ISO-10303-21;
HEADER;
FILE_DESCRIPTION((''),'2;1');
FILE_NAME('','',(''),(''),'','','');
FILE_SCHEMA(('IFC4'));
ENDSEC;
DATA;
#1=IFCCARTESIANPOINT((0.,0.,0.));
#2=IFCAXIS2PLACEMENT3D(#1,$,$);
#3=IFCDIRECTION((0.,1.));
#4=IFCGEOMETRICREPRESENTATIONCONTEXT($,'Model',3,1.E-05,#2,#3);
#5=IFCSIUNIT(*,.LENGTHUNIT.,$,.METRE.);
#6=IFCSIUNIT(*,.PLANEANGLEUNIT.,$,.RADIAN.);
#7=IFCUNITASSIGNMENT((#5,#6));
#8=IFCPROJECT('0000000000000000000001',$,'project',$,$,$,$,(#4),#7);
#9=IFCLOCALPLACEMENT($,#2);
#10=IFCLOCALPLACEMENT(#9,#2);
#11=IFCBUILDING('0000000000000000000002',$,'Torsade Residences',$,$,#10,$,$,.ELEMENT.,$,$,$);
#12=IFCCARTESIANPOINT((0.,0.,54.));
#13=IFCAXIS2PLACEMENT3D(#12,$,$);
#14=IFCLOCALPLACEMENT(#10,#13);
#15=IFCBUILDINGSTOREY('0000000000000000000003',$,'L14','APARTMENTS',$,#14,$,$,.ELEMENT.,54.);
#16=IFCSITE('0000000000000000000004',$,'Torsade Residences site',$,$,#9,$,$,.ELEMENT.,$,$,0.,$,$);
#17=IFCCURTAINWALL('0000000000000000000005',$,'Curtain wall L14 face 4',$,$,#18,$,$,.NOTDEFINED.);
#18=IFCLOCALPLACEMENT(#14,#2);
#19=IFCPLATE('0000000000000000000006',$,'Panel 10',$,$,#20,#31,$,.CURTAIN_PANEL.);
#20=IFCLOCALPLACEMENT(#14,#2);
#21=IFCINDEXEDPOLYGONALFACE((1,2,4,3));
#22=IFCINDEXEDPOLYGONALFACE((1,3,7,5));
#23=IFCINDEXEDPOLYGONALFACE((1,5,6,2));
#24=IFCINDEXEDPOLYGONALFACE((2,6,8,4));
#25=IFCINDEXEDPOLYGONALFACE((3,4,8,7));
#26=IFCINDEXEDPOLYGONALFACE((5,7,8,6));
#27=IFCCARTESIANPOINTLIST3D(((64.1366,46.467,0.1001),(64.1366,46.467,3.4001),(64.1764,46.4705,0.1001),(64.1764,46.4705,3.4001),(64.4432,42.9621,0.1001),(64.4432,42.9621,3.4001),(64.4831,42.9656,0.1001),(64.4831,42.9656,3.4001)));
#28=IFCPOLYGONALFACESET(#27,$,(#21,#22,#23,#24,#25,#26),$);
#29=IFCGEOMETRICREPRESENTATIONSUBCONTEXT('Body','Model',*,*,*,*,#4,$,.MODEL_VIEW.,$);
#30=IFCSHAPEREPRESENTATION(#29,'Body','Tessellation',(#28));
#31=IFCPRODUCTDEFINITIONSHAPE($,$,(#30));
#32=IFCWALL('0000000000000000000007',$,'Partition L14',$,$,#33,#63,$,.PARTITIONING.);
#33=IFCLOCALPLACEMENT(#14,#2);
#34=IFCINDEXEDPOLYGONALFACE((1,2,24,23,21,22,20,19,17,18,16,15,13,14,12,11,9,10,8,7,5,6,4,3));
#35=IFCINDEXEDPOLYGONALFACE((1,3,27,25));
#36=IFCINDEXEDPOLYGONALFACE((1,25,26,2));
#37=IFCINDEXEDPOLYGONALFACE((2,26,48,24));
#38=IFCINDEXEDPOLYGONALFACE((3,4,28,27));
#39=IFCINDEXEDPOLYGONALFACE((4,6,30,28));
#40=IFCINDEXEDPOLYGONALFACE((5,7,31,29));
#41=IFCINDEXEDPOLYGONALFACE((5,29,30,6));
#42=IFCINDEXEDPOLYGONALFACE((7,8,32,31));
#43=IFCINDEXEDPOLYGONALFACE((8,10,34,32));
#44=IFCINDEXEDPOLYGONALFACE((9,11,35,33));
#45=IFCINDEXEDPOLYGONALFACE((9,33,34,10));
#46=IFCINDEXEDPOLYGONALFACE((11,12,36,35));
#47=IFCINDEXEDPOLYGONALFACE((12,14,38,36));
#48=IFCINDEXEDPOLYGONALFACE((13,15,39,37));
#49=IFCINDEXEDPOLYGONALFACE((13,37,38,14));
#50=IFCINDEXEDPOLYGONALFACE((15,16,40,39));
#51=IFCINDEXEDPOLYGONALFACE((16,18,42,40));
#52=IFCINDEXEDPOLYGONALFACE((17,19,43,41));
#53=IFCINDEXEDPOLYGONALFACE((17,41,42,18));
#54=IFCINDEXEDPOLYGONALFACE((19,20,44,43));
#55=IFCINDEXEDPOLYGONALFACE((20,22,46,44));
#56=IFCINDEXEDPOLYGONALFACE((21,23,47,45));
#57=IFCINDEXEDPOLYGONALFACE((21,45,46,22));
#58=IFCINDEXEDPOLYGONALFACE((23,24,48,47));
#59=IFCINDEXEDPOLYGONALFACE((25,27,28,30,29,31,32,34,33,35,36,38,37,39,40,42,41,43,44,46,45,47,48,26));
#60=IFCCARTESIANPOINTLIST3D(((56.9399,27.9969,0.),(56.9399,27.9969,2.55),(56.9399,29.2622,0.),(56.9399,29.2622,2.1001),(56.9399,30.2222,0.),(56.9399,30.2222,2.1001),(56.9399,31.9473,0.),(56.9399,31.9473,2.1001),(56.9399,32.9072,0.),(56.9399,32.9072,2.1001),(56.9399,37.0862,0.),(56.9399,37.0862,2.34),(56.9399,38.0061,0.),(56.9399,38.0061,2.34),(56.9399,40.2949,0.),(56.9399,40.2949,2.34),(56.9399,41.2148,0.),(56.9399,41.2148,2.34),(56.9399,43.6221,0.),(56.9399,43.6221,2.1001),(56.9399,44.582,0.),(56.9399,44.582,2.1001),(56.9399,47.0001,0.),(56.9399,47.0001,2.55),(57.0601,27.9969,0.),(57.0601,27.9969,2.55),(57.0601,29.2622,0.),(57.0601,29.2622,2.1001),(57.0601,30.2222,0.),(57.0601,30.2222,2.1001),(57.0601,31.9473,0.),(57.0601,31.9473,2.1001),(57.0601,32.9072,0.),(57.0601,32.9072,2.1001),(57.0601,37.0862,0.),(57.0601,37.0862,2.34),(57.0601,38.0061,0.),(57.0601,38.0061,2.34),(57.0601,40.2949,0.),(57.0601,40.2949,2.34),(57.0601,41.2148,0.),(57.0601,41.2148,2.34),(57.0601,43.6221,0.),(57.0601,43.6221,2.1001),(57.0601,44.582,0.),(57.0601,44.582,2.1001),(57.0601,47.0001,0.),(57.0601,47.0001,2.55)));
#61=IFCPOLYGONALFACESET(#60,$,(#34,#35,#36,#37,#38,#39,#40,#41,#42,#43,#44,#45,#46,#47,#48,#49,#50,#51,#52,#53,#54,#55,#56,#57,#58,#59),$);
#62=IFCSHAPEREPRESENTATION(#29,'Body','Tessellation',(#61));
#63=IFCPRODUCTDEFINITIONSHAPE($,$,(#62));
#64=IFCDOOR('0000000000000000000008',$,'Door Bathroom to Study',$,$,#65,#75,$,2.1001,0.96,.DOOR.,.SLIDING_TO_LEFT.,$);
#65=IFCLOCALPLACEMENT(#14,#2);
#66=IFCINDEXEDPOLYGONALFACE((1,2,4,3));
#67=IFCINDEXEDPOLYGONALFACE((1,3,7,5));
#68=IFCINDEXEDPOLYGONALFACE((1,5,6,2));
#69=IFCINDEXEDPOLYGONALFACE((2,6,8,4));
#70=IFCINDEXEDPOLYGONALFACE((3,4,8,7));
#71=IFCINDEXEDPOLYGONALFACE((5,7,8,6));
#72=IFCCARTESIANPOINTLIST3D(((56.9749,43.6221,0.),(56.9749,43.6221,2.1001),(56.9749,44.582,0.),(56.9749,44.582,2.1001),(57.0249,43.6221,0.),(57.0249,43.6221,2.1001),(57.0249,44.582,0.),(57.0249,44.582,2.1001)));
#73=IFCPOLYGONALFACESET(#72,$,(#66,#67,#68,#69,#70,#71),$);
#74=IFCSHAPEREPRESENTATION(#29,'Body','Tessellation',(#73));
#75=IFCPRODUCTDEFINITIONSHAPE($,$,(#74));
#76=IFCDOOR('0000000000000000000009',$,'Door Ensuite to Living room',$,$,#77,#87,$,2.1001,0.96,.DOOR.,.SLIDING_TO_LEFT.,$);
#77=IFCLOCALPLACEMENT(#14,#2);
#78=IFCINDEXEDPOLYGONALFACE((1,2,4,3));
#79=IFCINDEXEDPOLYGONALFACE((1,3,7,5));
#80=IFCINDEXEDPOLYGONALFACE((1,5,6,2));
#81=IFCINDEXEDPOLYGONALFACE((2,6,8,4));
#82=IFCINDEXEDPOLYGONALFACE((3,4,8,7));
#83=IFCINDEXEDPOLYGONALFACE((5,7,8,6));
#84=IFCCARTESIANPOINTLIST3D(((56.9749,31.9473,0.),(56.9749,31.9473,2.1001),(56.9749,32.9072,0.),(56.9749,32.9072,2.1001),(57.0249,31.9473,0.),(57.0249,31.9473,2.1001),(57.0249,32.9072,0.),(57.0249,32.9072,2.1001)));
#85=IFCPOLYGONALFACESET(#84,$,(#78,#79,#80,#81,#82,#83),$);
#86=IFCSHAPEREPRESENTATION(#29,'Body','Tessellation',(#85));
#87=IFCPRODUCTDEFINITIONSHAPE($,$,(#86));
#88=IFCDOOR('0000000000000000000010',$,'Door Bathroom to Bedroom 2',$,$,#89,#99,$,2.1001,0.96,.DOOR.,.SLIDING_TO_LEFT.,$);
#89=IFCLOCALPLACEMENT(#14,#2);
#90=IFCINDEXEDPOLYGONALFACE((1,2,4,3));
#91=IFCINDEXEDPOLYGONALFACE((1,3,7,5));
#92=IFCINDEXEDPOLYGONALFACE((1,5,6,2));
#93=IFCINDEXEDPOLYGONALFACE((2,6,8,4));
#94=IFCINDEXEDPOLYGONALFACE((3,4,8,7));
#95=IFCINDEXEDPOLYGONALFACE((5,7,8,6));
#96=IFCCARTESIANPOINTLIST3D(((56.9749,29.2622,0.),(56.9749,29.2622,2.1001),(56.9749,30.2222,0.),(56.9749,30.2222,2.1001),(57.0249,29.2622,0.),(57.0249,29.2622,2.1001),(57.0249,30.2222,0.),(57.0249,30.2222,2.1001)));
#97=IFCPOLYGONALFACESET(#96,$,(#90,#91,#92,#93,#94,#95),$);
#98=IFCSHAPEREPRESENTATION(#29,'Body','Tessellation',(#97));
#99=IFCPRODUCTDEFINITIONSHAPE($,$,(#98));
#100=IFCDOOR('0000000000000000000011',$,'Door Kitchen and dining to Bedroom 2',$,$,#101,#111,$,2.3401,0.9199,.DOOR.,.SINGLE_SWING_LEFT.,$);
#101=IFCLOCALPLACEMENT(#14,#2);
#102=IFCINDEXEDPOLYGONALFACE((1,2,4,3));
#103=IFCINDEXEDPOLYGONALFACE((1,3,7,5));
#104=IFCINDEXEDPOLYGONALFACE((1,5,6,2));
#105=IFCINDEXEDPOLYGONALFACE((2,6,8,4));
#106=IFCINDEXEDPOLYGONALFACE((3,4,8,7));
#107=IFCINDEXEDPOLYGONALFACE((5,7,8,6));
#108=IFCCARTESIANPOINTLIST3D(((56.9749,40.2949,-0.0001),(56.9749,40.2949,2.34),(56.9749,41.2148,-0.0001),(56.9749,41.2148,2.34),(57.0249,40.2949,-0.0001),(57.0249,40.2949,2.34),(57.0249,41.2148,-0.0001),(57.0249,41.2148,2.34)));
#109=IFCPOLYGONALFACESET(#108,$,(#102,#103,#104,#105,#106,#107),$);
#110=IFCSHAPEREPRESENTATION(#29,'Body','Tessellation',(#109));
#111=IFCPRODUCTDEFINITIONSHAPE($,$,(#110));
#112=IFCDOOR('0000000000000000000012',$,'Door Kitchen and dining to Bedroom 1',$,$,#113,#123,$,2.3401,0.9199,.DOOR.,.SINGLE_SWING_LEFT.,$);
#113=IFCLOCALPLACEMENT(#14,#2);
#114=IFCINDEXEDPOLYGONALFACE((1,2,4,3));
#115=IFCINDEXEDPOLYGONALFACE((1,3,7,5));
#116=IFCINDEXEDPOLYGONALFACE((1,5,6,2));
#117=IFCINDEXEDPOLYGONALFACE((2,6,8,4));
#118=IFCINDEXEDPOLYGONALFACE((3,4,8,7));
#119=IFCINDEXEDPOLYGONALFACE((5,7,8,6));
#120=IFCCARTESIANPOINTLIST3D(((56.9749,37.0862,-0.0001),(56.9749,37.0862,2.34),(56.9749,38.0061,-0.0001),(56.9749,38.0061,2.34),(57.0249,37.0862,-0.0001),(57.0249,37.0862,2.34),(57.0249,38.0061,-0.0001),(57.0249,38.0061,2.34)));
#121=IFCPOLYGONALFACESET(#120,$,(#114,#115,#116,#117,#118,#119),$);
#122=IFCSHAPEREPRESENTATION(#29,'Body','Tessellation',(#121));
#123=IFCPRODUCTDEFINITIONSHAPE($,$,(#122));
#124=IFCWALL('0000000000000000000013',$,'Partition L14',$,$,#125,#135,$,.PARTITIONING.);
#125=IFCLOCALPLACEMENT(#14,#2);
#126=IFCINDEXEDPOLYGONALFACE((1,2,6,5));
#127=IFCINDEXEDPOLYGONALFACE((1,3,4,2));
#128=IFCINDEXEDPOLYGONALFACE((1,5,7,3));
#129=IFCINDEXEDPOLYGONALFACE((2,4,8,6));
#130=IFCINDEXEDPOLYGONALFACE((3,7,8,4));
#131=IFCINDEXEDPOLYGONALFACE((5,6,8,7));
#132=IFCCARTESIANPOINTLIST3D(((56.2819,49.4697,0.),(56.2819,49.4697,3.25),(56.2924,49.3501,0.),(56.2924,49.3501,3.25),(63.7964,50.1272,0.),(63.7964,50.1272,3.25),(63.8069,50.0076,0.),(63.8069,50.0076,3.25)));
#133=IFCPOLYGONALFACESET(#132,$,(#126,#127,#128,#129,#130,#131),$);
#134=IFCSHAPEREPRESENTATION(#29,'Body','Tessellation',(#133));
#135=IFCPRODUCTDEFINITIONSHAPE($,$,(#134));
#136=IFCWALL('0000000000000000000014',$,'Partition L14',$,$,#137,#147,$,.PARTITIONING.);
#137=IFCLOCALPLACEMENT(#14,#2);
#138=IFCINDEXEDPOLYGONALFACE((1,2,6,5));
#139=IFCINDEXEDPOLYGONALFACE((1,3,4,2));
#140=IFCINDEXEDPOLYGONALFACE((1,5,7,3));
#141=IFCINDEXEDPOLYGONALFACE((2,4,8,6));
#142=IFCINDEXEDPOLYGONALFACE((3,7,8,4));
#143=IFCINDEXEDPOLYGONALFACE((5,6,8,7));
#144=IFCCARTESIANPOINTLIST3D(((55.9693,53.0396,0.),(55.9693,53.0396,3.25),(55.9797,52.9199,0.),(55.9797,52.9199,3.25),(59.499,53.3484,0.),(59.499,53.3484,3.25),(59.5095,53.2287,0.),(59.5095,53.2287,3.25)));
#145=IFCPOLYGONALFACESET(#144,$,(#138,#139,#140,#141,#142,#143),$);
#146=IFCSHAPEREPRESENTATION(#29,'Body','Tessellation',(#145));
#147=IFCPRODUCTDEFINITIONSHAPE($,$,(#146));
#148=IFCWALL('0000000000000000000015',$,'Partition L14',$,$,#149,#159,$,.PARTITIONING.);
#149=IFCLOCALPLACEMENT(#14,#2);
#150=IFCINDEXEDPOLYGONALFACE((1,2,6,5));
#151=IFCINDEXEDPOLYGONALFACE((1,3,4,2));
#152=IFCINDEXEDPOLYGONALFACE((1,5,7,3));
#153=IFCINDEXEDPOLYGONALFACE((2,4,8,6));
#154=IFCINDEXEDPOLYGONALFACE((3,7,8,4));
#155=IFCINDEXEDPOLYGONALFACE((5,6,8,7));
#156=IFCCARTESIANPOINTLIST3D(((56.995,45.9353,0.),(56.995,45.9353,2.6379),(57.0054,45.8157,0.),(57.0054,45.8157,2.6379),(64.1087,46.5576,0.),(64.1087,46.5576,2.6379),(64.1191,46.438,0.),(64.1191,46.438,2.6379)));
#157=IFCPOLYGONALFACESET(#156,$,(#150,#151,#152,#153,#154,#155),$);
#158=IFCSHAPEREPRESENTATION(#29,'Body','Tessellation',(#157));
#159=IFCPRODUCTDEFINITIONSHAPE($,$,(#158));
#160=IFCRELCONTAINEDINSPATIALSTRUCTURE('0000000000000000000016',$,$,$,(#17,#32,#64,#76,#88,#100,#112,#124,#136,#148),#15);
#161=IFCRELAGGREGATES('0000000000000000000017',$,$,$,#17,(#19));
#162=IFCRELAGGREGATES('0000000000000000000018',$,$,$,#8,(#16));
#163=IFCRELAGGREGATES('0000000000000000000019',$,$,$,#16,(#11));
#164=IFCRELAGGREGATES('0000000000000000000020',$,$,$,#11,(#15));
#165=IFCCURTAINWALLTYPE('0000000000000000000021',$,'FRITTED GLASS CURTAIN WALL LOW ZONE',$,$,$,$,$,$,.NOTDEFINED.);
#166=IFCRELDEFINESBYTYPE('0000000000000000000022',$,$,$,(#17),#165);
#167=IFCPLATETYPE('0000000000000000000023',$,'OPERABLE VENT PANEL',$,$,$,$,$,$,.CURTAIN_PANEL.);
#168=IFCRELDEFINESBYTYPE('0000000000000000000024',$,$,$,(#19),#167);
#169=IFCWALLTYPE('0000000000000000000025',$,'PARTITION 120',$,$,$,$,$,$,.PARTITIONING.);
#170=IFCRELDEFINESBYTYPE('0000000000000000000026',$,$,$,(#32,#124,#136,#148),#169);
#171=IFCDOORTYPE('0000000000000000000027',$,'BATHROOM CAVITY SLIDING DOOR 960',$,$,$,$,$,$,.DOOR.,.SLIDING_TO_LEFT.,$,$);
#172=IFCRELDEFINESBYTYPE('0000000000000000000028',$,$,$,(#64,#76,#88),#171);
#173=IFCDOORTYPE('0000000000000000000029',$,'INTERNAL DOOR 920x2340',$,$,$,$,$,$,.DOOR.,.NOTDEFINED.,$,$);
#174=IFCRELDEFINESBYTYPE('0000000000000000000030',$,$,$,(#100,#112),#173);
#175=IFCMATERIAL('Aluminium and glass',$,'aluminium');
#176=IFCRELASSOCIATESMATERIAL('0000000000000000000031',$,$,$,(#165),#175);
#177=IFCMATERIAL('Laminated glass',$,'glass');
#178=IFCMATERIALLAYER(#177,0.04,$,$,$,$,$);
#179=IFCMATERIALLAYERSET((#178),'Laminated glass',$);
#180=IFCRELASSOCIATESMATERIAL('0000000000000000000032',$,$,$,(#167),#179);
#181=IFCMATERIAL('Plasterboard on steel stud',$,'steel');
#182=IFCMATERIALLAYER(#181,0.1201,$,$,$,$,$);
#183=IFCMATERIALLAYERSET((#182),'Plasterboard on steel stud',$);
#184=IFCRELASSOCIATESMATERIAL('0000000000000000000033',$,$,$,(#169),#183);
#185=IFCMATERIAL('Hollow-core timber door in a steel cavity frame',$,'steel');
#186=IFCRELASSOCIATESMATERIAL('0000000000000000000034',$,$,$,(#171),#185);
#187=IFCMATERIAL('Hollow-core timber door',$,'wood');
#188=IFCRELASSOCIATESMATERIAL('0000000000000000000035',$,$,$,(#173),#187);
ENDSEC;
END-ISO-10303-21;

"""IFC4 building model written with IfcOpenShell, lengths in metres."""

from ifc_helpers import new_model, si_unit, direction, frame, frame_2d, origin, origin_2d, place, context, subcontext, project, spatial, rectangle, extrude, material, layer, layer_set, type_object, element, fill, aggregate, save


model = new_model("IFC4")

# Units and contexts
model_context = context("Model", 3, precision=1e-05, world=origin(), true_north=direction((0.0, 1.0)))
body_context = subcontext(model_context, "Body", "Model", "MODEL_VIEW")
ifc_project = project(units=[si_unit("LENGTHUNIT", "METRE"), si_unit("PLANEANGLEUNIT", "RADIAN")], contexts=[model_context])

# Site, building, storey
site_placement = place(None, origin())
site = spatial("IfcSite", under=ifc_project, at=site_placement, Name="Torsade Residences site", CompositionType="ELEMENT", RefElevation=0.0)
building_placement = place(site_placement, origin())
building = spatial("IfcBuilding", under=site, at=building_placement, Name="Torsade Residences", CompositionType="ELEMENT")
storey_placement = place(building_placement, frame((0.0, 0.0, 54.0)))
storey = spatial("IfcBuildingStorey", under=building, at=storey_placement, Name="L14", Description="APARTMENTS", CompositionType="ELEMENT", Elevation=54.0)

# Curtain wall
ifc_material_1 = material(Name="Aluminium and glass", Category="aluminium")
curtain_wall_type = type_object("IfcCurtainWallType", Name="FRITTED GLASS CURTAIN WALL LOW ZONE", PredefinedType="NOTDEFINED", material=ifc_material_1)
curtain_wall_placement = place(storey_placement, origin())
curtain_wall = element("IfcCurtainWall", 1, at=curtain_wall_placement, inside=storey, type_object=curtain_wall_type, Name="Curtain wall L14 face 4", PredefinedType="NOTDEFINED")

# Plate
ifc_material_2 = material(Name="Laminated glass", Category="glass")
ifc_layer_1 = layer(ifc_material_2, 0.04)
ifc_layer_set_1 = layer_set([ifc_layer_1], Name="Laminated glass")
plate_type_1 = type_object("IfcPlateType", Name="OPERABLE VENT PANEL", PredefinedType="CURTAIN_PANEL", material=ifc_layer_set_1)
plate_1_placement = place(storey_placement, frame((64.3098, 44.7163, 0.1001), z_axis=(0.0, 0.0, 1.0), x_axis=(-0.087156, 0.996195, 0.0)))
plate_1 = element("IfcPlate", 2, at=plate_1_placement, type_object=plate_type_1, Name="Panel 10", PredefinedType="CURTAIN_PANEL", context=body_context, shape_type="SweptSolid", body=[
    extrude(rectangle(XDim=3.5183, YDim=0.04, at=origin_2d()), origin(), (0.0, 0.0, 1.0), 3.3),
])
aggregate(curtain_wall, [plate_1])

# Wall, openings, doors
ifc_material_3 = material(Name="Plasterboard on steel stud", Category="steel")
ifc_layer_2 = layer(ifc_material_3, 0.1201)
ifc_layer_set_2 = layer_set([ifc_layer_2], Name="Plasterboard on steel stud")
wall_type_1 = type_object("IfcWallType", Name="PARTITION 120", PredefinedType="PARTITIONING", material=ifc_layer_set_2)
wall_1_placement = place(storey_placement, frame((57.0, 47.0, 0.0), z_axis=(0.0, 0.0, 1.0), x_axis=(0.0, -1.0, 0.0)))
wall_1 = element("IfcWall", 3, at=wall_1_placement, inside=storey, type_object=wall_type_1, Name="Partition L14", PredefinedType="PARTITIONING", context=body_context, shape_type="SweptSolid", body=[
    extrude(rectangle(XDim=19.0032, YDim=0.1201, at=frame_2d((9.5015, 0.0))), origin(), (0.0, 0.0, 1.0), 2.55),
])
opening_1_placement = place(wall_1_placement, frame((5.7852, 0.0, 0.0)))
opening_1 = element("IfcOpeningElement", 4, at=opening_1_placement, cuts=wall_1, PredefinedType="OPENING", context=body_context, shape_type="SweptSolid", body=[
    extrude(rectangle(XDim=0.9199, YDim=2.3401, at=frame_2d((0.46, 1.1699))), frame((0.0, 0.0701, 0.0), z_axis=(0.0, -1.0, 0.0), x_axis=(1.0, 0.0, 0.0)), (0.0, 0.0, 1.0), 0.1401),
])
opening_2_placement = place(wall_1_placement, frame((8.9939, 0.0, 0.0)))
opening_2 = element("IfcOpeningElement", 5, at=opening_2_placement, cuts=wall_1, PredefinedType="OPENING", context=body_context, shape_type="SweptSolid", body=[
    extrude(rectangle(XDim=0.9199, YDim=2.3401, at=frame_2d((0.46, 1.1699))), frame((0.0, 0.0701, 0.0), z_axis=(0.0, -1.0, 0.0), x_axis=(1.0, 0.0, 0.0)), (0.0, 0.0, 1.0), 0.1401),
])
opening_3_placement = place(wall_1_placement, frame((2.418, 0.0, 0.0)))
opening_3 = element("IfcOpeningElement", 6, at=opening_3_placement, cuts=wall_1, PredefinedType="OPENING", context=body_context, shape_type="SweptSolid", body=[
    extrude(rectangle(XDim=0.96, YDim=2.1001, at=frame_2d((0.48, 1.05))), frame((0.0, 0.0701, 0.0), z_axis=(0.0, -1.0, 0.0), x_axis=(1.0, 0.0, 0.0)), (0.0, 0.0, 1.0), 0.1401),
])
opening_4_placement = place(wall_1_placement, frame((14.0928, 0.0, 0.0)))
opening_4 = element("IfcOpeningElement", 7, at=opening_4_placement, cuts=wall_1, PredefinedType="OPENING", context=body_context, shape_type="SweptSolid", body=[
    extrude(rectangle(XDim=0.96, YDim=2.1001, at=frame_2d((0.48, 1.05))), frame((0.0, 0.0701, 0.0), z_axis=(0.0, -1.0, 0.0), x_axis=(1.0, 0.0, 0.0)), (0.0, 0.0, 1.0), 0.1401),
])
opening_5_placement = place(wall_1_placement, frame((16.7778, 0.0, 0.0)))
opening_5 = element("IfcOpeningElement", 8, at=opening_5_placement, cuts=wall_1, PredefinedType="OPENING", context=body_context, shape_type="SweptSolid", body=[
    extrude(rectangle(XDim=0.96, YDim=2.1001, at=frame_2d((0.48, 1.05))), frame((0.0, 0.0701, 0.0), z_axis=(0.0, -1.0, 0.0), x_axis=(1.0, 0.0, 0.0)), (0.0, 0.0, 1.0), 0.1401),
])
ifc_material_4 = material(Name="Hollow-core timber door in a steel cavity frame", Category="steel")
door_type_1 = type_object("IfcDoorType", Name="BATHROOM CAVITY SLIDING DOOR 960", OperationType="SLIDING_TO_LEFT", PredefinedType="DOOR", material=ifc_material_4)
door_1_placement = place(opening_3_placement, origin())
door_1 = element("IfcDoor", 9, at=door_1_placement, inside=storey, type_object=door_type_1, Name="Door Bathroom to Study", OperationType="SLIDING_TO_LEFT", OverallHeight=2.1001, OverallWidth=0.96, PredefinedType="DOOR", context=body_context, shape_type="SweptSolid", body=[
    extrude(rectangle(XDim=0.96, YDim=2.1001, at=frame_2d((0.48, 1.05))), frame((0.0, 0.0249, 0.0), z_axis=(0.0, -1.0, 0.0), x_axis=(1.0, 0.0, 0.0)), (0.0, 0.0, 1.0), 0.05),
])
fill(opening_3, door_1)
door_2_placement = place(opening_4_placement, origin())
door_2 = element("IfcDoor", 10, at=door_2_placement, inside=storey, type_object=door_type_1, Name="Door Ensuite to Living room", OperationType="SLIDING_TO_LEFT", OverallHeight=2.1001, OverallWidth=0.96, PredefinedType="DOOR", context=body_context, shape_type="SweptSolid", body=[
    extrude(rectangle(XDim=0.96, YDim=2.1001, at=frame_2d((0.48, 1.05))), frame((0.0, 0.0249, 0.0), z_axis=(0.0, -1.0, 0.0), x_axis=(1.0, 0.0, 0.0)), (0.0, 0.0, 1.0), 0.05),
])
fill(opening_4, door_2)
door_3_placement = place(opening_5_placement, origin())
door_3 = element("IfcDoor", 11, at=door_3_placement, inside=storey, type_object=door_type_1, Name="Door Bathroom to Bedroom 2", OperationType="SLIDING_TO_LEFT", OverallHeight=2.1001, OverallWidth=0.96, PredefinedType="DOOR", context=body_context, shape_type="SweptSolid", body=[
    extrude(rectangle(XDim=0.96, YDim=2.1001, at=frame_2d((0.48, 1.05))), frame((0.0, 0.0249, 0.0), z_axis=(0.0, -1.0, 0.0), x_axis=(1.0, 0.0, 0.0)), (0.0, 0.0, 1.0), 0.05),
])
fill(opening_5, door_3)
ifc_material_5 = material(Name="Hollow-core timber door", Category="wood")
door_type_2 = type_object("IfcDoorType", Name="INTERNAL DOOR 920x2340", OperationType="NOTDEFINED", PredefinedType="DOOR", material=ifc_material_5)
door_4_placement = place(opening_1_placement, origin())
door_4 = element("IfcDoor", 12, at=door_4_placement, inside=storey, type_object=door_type_2, Name="Door Kitchen and dining to Bedroom 2", OperationType="SINGLE_SWING_LEFT", OverallHeight=2.3401, OverallWidth=0.9199, PredefinedType="DOOR", context=body_context, shape_type="SweptSolid", body=[
    extrude(rectangle(XDim=0.9199, YDim=2.3401, at=frame_2d((0.46, 1.1699))), frame((0.0, 0.0249, 0.0), z_axis=(0.0, -1.0, 0.0), x_axis=(1.0, 0.0, 0.0)), (0.0, 0.0, 1.0), 0.05),
])
fill(opening_1, door_4)
door_5_placement = place(opening_2_placement, origin())
door_5 = element("IfcDoor", 13, at=door_5_placement, inside=storey, type_object=door_type_2, Name="Door Kitchen and dining to Bedroom 1", OperationType="SINGLE_SWING_LEFT", OverallHeight=2.3401, OverallWidth=0.9199, PredefinedType="DOOR", context=body_context, shape_type="SweptSolid", body=[
    extrude(rectangle(XDim=0.9199, YDim=2.3401, at=frame_2d((0.46, 1.1699))), frame((0.0, 0.0249, 0.0), z_axis=(0.0, -1.0, 0.0), x_axis=(1.0, 0.0, 0.0)), (0.0, 0.0, 1.0), 0.05),
])
fill(opening_2, door_5)

# Walls
wall_2_placement = place(storey_placement, frame((63.8015, 50.0674, 0.0), z_axis=(0.0, 0.0, 1.0), x_axis=(-0.996194, -0.087162, 0.0)))
element("IfcWall", 14, at=wall_2_placement, inside=storey, type_object=wall_type_1, Name="Partition L14", PredefinedType="PARTITIONING", context=body_context, shape_type="SweptSolid", body=[
    extrude(rectangle(XDim=7.5432, YDim=0.1201, at=frame_2d((3.7715, 0.0))), origin(), (0.0, 0.0, 1.0), 3.25),
])
wall_3_placement = place(storey_placement, frame((55.9746, 52.9797, 0.0), z_axis=(0.0, 0.0, 1.0), x_axis=(0.996194, 0.087162, 0.0)))
element("IfcWall", 15, at=wall_3_placement, inside=storey, type_object=wall_type_1, Name="Partition L14", PredefinedType="PARTITIONING", context=body_context, shape_type="SweptSolid", body=[
    extrude(rectangle(XDim=3.5432, YDim=0.1201, at=frame_2d((1.7715, 0.0))), origin(), (0.0, 0.0, 1.0), 3.25),
])
wall_4_placement = place(storey_placement, frame((64.1138, 46.4978, 0.0), z_axis=(0.0, 0.0, 1.0), x_axis=(-0.996195, -0.087147, 0.0)))
element("IfcWall", 16, at=wall_4_placement, inside=storey, type_object=wall_type_1, Name="Partition L14", PredefinedType="PARTITIONING", context=body_context, shape_type="SweptSolid", body=[
    extrude(rectangle(XDim=7.1409, YDim=0.1201, at=frame_2d((3.5703, 0.0))), origin(), (0.0, 0.0, 1.0), 2.6379),
])

save(model, "model.ifc")
